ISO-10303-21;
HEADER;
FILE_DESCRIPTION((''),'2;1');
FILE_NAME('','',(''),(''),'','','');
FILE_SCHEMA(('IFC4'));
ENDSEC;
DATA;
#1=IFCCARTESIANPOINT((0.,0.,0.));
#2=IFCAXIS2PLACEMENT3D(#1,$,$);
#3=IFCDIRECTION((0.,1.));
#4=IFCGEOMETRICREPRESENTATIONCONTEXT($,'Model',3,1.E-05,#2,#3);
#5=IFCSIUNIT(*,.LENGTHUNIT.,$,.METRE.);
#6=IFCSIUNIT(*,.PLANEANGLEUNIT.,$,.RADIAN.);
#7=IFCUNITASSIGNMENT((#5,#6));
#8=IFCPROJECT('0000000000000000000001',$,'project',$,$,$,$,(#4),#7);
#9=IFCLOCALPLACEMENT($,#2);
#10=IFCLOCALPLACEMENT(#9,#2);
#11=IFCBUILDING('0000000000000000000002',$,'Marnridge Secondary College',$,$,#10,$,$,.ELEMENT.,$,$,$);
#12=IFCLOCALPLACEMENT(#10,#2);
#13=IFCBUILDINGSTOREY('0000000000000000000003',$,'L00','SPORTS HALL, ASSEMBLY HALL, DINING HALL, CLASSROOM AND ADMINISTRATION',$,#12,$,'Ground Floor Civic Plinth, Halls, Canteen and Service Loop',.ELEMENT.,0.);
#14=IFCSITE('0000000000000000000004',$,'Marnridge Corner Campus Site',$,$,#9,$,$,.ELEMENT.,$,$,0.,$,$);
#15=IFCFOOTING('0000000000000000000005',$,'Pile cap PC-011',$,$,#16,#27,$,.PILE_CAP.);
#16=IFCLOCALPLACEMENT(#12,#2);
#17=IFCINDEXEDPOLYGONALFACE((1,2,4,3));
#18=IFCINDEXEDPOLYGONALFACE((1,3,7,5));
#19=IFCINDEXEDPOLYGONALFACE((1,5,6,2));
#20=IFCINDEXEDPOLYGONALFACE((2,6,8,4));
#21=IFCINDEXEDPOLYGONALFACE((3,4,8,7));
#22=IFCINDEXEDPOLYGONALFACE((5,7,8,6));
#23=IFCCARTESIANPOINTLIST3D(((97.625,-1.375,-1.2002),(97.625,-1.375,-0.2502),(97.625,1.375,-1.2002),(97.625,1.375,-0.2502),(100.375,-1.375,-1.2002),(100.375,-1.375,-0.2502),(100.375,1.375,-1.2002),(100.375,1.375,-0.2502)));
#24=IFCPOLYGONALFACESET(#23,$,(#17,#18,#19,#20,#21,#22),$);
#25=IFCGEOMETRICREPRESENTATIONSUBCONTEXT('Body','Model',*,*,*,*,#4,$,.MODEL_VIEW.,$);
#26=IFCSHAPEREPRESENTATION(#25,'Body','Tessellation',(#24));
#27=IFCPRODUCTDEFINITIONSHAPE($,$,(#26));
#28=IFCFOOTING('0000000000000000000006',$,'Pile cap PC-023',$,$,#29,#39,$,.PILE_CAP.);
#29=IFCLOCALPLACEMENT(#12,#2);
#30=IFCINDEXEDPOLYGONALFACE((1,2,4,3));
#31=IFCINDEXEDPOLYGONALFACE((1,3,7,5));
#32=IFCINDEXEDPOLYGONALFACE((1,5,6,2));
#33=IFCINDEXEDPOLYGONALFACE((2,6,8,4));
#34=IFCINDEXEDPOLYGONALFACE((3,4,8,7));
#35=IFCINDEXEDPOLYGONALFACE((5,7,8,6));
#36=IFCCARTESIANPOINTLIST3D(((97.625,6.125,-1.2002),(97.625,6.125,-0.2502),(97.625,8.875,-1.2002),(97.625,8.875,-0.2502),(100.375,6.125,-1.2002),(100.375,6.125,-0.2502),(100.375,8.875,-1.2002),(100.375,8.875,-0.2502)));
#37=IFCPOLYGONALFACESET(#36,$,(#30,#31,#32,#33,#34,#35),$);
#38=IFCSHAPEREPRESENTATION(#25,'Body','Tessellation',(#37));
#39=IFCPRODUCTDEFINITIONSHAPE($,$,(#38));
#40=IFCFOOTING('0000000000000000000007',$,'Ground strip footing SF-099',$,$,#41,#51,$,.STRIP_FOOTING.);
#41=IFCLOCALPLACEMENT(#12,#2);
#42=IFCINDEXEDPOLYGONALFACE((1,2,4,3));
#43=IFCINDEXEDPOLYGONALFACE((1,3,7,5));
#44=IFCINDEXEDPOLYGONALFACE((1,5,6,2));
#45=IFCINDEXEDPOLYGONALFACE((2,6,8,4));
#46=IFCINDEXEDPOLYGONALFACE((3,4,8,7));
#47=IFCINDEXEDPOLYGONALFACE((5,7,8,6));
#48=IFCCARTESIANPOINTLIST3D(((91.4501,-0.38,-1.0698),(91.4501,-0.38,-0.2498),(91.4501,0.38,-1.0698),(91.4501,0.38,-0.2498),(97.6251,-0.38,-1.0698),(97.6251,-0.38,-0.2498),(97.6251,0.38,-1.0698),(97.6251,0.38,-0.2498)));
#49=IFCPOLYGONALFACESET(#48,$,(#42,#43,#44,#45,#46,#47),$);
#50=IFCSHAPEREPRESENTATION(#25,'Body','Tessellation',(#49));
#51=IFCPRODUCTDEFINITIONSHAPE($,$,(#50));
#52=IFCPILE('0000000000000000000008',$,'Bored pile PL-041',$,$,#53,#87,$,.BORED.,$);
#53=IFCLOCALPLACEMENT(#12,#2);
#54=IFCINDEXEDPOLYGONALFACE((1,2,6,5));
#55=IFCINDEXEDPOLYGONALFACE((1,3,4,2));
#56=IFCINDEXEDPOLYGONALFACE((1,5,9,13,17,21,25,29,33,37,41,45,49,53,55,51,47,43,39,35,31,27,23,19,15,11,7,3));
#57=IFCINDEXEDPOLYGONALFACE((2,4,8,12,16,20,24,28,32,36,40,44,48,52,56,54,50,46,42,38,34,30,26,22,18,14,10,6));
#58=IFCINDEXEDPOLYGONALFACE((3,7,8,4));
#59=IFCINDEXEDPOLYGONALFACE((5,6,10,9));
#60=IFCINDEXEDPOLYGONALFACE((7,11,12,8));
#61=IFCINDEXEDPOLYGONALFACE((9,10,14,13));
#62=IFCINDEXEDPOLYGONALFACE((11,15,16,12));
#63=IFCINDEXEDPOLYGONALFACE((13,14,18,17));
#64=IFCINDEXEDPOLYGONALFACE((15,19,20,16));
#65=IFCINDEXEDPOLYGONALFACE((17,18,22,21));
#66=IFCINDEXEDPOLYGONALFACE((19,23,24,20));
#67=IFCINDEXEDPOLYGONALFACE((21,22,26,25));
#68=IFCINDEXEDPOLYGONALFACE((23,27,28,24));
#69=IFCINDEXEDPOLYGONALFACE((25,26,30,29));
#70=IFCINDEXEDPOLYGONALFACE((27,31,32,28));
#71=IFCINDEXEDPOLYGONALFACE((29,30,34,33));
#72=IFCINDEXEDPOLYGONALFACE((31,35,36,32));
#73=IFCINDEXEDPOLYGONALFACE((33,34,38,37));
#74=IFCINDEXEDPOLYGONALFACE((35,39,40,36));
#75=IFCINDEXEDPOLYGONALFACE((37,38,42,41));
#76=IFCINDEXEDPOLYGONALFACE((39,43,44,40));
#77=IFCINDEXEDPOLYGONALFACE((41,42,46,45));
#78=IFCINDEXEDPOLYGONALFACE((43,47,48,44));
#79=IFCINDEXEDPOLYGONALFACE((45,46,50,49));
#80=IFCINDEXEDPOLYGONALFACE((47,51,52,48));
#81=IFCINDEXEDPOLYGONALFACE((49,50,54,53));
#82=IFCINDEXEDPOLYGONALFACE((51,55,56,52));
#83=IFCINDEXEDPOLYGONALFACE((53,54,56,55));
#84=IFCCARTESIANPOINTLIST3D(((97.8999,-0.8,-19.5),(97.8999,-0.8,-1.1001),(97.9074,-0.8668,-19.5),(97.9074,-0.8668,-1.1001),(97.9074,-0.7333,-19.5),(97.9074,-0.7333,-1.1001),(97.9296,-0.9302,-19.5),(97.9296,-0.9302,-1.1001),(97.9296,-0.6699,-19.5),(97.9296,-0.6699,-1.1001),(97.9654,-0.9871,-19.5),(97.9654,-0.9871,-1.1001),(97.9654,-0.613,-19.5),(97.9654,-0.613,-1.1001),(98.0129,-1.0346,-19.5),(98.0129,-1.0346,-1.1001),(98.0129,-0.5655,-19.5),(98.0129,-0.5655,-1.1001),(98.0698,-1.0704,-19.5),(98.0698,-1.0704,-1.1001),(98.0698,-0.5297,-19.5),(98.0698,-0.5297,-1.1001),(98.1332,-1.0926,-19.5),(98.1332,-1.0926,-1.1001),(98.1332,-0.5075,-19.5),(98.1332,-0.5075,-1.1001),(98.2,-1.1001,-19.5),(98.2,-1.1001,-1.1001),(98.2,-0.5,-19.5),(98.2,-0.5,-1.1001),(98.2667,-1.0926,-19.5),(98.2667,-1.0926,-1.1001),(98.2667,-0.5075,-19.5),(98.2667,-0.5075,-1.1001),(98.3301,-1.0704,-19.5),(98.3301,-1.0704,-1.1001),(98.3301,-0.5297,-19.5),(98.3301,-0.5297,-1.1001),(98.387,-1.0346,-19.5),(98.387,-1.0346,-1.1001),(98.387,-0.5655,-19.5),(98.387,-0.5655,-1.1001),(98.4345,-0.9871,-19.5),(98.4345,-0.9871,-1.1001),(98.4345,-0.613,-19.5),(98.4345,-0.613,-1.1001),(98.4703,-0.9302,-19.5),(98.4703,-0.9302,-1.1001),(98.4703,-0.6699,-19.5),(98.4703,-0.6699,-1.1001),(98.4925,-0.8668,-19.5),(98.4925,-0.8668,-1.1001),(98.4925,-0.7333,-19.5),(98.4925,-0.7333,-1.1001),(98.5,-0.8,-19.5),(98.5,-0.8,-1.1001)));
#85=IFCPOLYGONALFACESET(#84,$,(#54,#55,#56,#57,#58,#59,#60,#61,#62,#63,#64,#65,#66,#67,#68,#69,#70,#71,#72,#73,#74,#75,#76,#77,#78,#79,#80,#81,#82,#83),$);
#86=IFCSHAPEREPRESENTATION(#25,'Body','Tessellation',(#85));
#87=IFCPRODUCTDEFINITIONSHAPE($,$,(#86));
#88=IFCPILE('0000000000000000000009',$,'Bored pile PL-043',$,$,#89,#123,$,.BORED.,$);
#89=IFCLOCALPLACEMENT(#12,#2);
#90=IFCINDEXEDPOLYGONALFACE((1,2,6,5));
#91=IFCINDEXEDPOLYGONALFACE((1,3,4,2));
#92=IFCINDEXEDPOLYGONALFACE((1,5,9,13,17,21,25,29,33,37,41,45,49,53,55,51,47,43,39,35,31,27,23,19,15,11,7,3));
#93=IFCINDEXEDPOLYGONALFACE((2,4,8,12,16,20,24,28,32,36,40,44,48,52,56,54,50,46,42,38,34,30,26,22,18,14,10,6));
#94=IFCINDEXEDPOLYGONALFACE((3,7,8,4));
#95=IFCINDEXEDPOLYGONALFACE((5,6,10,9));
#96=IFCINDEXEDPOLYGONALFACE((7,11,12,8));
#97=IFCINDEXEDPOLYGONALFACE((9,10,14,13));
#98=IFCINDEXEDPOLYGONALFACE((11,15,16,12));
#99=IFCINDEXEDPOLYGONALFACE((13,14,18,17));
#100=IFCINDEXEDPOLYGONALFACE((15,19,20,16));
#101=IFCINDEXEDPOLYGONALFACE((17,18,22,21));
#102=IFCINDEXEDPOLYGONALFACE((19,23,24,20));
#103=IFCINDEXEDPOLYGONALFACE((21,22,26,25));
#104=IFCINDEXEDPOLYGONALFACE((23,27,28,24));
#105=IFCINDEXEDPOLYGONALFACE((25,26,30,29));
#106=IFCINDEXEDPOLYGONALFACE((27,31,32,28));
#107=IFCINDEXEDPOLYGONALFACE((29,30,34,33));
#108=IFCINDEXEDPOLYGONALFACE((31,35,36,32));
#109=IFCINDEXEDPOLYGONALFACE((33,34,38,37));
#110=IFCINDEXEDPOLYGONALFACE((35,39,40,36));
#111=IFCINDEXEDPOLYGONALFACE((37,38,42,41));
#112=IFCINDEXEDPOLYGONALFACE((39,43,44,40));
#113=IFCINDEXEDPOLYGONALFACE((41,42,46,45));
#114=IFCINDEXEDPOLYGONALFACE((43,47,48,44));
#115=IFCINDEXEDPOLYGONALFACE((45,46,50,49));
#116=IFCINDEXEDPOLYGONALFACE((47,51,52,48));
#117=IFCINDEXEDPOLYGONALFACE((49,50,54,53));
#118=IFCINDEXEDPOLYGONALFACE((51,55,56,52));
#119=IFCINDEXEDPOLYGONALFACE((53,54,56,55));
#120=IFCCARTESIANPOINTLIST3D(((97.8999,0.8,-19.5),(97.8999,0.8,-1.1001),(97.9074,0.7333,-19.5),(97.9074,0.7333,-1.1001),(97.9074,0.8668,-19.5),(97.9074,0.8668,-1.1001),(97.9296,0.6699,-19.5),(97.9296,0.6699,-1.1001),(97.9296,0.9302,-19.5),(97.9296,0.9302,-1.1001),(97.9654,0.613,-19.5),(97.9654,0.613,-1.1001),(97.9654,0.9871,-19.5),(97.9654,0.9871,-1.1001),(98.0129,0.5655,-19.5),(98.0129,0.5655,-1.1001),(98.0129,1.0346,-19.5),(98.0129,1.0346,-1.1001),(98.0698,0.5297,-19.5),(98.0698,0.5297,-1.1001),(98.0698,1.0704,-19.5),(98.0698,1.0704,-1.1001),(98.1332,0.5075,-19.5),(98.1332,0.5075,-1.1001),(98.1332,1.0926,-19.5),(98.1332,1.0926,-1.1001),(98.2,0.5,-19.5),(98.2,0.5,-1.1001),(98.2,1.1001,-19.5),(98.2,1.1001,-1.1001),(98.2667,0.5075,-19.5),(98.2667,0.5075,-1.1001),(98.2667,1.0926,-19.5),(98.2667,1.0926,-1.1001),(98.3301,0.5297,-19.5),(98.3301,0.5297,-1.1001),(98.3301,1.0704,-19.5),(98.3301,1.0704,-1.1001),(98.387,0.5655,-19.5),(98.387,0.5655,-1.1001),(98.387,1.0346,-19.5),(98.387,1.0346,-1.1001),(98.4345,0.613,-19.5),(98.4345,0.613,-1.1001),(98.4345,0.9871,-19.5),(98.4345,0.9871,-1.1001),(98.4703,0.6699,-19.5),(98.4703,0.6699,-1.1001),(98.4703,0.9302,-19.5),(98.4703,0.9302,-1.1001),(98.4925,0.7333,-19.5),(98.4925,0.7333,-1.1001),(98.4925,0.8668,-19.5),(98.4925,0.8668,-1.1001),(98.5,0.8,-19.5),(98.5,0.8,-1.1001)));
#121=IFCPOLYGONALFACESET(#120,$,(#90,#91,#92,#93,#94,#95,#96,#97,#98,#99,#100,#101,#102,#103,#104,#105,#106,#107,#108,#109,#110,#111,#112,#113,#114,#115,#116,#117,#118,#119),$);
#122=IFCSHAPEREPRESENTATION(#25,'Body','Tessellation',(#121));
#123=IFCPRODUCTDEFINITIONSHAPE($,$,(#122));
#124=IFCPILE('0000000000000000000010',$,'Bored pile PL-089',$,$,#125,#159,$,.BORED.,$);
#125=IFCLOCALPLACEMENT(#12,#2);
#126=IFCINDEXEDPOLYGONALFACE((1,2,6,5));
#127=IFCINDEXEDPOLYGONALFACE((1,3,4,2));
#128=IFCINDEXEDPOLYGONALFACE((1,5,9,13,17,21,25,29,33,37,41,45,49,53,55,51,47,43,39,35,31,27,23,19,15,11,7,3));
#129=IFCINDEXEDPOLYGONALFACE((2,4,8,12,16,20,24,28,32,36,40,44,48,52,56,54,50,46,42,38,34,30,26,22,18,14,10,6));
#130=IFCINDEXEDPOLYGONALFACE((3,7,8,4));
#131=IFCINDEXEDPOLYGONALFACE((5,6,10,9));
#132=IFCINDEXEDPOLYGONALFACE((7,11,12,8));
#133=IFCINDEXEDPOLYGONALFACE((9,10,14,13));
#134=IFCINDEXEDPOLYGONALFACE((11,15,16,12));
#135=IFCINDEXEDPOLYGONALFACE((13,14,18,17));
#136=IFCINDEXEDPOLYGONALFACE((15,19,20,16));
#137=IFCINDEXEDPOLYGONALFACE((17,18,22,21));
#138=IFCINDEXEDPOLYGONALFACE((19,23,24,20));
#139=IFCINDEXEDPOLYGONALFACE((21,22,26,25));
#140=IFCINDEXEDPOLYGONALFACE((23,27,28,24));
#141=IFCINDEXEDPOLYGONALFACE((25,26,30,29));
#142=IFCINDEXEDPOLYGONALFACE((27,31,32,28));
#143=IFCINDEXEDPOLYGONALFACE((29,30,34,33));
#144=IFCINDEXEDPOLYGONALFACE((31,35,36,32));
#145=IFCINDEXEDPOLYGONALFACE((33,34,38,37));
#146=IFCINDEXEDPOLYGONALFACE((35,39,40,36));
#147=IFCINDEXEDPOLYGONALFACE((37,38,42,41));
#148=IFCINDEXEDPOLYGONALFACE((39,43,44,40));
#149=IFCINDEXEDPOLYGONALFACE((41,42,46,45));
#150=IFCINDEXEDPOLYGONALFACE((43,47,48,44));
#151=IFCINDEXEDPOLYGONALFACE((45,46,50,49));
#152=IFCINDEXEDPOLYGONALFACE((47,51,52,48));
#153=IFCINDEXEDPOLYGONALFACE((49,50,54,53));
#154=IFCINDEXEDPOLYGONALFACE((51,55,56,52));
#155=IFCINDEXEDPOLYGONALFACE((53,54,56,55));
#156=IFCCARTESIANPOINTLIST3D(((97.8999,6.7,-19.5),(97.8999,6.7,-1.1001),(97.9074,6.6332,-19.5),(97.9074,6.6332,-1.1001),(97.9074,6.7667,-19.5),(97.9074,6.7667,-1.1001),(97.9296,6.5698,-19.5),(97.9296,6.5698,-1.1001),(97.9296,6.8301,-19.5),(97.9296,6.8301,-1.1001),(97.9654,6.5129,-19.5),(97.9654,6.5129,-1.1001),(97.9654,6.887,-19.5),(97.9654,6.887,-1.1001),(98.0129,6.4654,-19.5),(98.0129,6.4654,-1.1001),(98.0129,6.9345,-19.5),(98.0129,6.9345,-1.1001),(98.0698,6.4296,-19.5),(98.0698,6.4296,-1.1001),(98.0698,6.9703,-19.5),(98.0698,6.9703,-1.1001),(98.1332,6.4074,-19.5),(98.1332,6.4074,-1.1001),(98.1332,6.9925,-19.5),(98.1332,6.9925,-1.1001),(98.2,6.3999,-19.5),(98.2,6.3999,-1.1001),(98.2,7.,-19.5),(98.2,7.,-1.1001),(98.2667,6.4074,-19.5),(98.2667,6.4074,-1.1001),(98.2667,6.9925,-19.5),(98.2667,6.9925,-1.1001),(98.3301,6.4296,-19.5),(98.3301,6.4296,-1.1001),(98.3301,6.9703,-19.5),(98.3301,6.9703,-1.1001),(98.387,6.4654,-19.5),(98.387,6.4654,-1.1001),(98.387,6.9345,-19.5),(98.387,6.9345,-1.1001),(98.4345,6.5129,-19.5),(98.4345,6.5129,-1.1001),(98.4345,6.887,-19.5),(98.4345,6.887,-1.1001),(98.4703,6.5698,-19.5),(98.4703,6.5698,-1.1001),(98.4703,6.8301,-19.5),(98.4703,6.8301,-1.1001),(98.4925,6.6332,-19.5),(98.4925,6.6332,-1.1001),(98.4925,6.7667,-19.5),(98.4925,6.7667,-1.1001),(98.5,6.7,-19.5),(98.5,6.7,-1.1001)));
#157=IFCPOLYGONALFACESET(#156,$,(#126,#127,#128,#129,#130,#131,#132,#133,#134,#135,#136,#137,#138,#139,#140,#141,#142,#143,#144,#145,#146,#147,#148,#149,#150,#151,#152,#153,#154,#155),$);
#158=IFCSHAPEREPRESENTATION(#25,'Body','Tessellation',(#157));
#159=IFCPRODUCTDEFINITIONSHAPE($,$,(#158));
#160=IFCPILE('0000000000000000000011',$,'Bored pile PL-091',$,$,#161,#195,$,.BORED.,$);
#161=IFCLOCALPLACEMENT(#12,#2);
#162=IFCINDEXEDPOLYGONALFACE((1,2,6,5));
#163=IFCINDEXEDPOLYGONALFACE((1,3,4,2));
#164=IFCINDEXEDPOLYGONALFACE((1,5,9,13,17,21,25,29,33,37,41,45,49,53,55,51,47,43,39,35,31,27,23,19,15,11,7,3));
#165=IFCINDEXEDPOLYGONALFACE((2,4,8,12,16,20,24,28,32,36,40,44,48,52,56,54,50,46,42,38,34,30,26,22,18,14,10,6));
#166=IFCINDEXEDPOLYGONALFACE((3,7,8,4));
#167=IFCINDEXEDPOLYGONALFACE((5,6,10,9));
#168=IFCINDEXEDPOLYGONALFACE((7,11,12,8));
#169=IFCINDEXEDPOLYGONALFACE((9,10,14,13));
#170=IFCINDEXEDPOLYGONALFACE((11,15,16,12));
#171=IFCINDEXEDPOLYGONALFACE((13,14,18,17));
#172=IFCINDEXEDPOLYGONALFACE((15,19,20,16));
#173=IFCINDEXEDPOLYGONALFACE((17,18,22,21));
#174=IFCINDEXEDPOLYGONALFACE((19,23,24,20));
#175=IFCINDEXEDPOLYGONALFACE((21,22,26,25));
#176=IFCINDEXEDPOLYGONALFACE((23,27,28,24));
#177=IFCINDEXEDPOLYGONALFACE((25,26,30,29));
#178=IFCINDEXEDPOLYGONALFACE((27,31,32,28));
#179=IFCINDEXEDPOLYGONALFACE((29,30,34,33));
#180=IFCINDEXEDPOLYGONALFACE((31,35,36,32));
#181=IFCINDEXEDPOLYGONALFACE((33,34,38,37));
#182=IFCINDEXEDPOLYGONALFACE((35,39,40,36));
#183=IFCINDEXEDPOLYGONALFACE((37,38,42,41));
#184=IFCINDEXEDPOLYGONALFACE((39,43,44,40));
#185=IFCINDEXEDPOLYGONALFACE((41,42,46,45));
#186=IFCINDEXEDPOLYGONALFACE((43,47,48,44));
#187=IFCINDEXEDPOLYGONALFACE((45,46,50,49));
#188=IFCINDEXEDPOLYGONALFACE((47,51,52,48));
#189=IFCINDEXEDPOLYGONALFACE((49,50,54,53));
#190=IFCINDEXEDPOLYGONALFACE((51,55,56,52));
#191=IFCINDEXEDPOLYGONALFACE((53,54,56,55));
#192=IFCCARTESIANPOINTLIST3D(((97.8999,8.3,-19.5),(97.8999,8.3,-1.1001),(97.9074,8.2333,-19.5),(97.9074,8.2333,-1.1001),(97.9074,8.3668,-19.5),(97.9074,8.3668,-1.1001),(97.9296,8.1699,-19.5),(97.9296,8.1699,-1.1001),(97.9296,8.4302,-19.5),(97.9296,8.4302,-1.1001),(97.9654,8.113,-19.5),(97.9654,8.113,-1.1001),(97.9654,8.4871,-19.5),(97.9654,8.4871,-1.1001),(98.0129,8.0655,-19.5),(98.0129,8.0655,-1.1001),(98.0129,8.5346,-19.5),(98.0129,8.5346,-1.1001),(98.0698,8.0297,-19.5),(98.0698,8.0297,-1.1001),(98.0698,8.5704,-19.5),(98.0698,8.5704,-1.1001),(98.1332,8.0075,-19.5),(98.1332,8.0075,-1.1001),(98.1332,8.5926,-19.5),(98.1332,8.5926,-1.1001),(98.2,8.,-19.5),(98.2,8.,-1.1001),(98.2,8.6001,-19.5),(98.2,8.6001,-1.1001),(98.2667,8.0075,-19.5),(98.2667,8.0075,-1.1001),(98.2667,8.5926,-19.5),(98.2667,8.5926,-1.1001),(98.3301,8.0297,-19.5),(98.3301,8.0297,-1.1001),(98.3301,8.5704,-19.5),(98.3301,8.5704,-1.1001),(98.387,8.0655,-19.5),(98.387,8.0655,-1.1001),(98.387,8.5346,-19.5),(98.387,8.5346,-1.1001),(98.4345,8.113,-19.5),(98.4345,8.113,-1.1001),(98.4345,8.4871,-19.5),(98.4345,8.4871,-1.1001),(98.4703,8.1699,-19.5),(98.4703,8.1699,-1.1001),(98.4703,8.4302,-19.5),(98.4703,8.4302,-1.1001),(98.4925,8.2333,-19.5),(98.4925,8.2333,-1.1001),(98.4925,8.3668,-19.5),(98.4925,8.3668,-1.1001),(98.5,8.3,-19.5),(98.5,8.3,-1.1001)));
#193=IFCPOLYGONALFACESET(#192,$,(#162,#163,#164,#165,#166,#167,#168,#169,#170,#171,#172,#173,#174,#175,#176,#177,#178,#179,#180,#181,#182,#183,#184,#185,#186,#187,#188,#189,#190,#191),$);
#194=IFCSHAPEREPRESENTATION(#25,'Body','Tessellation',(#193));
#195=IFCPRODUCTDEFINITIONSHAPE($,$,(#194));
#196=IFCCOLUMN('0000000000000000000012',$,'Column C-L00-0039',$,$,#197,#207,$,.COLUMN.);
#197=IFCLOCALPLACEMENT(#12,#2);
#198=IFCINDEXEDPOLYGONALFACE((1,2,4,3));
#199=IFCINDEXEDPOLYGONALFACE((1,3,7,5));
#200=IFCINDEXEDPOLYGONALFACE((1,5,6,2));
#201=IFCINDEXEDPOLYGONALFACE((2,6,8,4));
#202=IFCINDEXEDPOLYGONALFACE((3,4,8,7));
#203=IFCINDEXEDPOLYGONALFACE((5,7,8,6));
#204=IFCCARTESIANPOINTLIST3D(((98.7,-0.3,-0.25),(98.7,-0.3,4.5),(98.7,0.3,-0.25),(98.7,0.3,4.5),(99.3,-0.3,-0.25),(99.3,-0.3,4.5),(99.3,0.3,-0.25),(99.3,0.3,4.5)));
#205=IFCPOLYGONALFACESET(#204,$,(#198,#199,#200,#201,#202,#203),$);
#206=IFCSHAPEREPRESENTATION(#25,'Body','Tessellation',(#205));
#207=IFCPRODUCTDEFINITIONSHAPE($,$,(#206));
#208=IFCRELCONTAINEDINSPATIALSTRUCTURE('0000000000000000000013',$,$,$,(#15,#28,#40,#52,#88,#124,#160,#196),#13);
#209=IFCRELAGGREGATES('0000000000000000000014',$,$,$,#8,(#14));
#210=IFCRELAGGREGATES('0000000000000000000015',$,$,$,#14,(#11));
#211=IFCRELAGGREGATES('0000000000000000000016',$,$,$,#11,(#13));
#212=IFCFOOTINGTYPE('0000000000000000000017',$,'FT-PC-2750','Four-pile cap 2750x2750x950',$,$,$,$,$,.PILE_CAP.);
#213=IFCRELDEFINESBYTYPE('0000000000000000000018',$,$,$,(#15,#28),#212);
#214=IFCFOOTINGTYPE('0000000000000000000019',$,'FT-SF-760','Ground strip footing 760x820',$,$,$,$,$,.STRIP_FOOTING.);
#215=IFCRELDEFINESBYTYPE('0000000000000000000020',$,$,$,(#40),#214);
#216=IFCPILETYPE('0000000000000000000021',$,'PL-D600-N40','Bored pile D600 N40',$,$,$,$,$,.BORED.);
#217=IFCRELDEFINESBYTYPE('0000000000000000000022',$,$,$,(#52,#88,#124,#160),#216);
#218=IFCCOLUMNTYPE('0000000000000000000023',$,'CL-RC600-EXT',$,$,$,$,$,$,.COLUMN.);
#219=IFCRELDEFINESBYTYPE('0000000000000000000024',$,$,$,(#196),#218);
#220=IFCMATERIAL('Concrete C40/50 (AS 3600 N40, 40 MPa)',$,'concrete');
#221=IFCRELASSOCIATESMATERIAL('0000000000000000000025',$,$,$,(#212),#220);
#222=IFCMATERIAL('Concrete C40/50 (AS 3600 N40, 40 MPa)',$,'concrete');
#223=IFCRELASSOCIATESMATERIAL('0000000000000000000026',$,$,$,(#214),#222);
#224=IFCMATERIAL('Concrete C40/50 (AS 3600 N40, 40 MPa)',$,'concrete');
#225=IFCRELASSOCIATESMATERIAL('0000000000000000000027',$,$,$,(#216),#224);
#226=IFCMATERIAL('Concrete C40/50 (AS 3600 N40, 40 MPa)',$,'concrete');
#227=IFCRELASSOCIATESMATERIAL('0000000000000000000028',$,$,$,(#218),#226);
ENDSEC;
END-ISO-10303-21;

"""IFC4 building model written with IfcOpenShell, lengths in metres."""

from ifc_helpers import new_model, si_unit, direction, frame, origin, origin_2d, place, context, subcontext, project, spatial, rectangle, circle, extrude, material, material_profile, profile_set, type_object, element, save


model = new_model("IFC4")

# Units and contexts
model_context = context("Model", 3, precision=1e-05, world=origin(), true_north=direction((0.0, 1.0)))
body_context = subcontext(model_context, "Body", "Model", "MODEL_VIEW")
ifc_project = project(units=[si_unit("LENGTHUNIT", "METRE"), si_unit("PLANEANGLEUNIT", "RADIAN")], contexts=[model_context])

# Site, building, storey
site_placement = place(None, origin())
site = spatial("IfcSite", under=ifc_project, at=site_placement, Name="Marnridge Corner Campus Site", CompositionType="ELEMENT", RefElevation=0.0)
building_placement = place(site_placement, origin())
building = spatial("IfcBuilding", under=site, at=building_placement, Name="Marnridge Secondary College", CompositionType="ELEMENT")
storey_placement = place(building_placement, origin())
storey = spatial("IfcBuildingStorey", under=building, at=storey_placement, Name="L00", Description="SPORTS HALL, ASSEMBLY HALL, DINING HALL, CLASSROOM AND ADMINISTRATION", LongName="Ground Floor Civic Plinth, Halls, Canteen and Service Loop", CompositionType="ELEMENT", Elevation=0.0)

# Footings
ifc_material_1 = material(Name="Concrete C40/50 (AS 3600 N40, 40 MPa)", Category="concrete")
footing_type_1 = type_object("IfcFootingType", Name="FT-PC-2750", Description="Four-pile cap 2750x2750x950", PredefinedType="PILE_CAP", material=ifc_material_1)
for number, where, z_axis, x_axis, name in (
    (1, (99.0, 0.0, -1.2002), (0.0, 0.0, 1.0), (1.0, 0.0, 0.0), "Pile cap PC-011"),
    (2, (99.0, 7.5, -1.2002), (0.0, 0.0, 1.0), (1.0, 0.0, 0.0), "Pile cap PC-023"),
):
    element("IfcFooting", number, at=place(storey_placement, frame(where, z_axis=z_axis, x_axis=x_axis)), inside=storey, type_object=footing_type_1, Name=name, PredefinedType="PILE_CAP", context=body_context, shape_type="SweptSolid", body=[
        extrude(rectangle(XDim=2.75, YDim=2.75, at=origin_2d()), origin(), (0.0, 0.0, 1.0), 0.95),
    ])
ifc_material_2 = material(Name="Concrete C40/50 (AS 3600 N40, 40 MPa)", Category="concrete")
footing_type_2 = type_object("IfcFootingType", Name="FT-SF-760", Description="Ground strip footing 760x820", PredefinedType="STRIP_FOOTING", material=ifc_material_2)
footing_placement = place(storey_placement, frame((94.5376, 0.0, -1.0698), z_axis=(0.0, 0.0, 1.0), x_axis=(1.0, 0.0, 0.0)))
element("IfcFooting", 3, at=footing_placement, inside=storey, type_object=footing_type_2, Name="Ground strip footing SF-099", PredefinedType="STRIP_FOOTING", context=body_context, shape_type="SweptSolid", body=[
    extrude(rectangle(XDim=6.175, YDim=0.76, at=origin_2d()), origin(), (0.0, 0.0, 1.0), 0.8201),
])

# Piles
ifc_material_3 = material(Name="Concrete C40/50 (AS 3600 N40, 40 MPa)", Category="concrete")
ifc_material_profile_1 = material_profile(ifc_material_3, circle(Radius=0.3, at=origin_2d()), Name="PILE D600")
ifc_profile_set_1 = profile_set([ifc_material_profile_1], Name="Concrete C40/50 (AS 3600 N40, 40 MPa)")
pile_type = type_object("IfcPileType", Name="PL-D600-N40", Description="Bored pile D600 N40", PredefinedType="BORED", material=ifc_profile_set_1)
for number, where, z_axis, x_axis, name in (
    (4, (98.2, -0.8, -1.1001), (0.0, 0.0, -1.0), (1.0, 0.0, 0.0), "Bored pile PL-041"),
    (5, (98.2, 0.8, -1.1001), (0.0, 0.0, -1.0), (1.0, 0.0, 0.0), "Bored pile PL-043"),
    (6, (98.2, 6.7, -1.1001), (0.0, 0.0, -1.0), (1.0, 0.0, 0.0), "Bored pile PL-089"),
    (7, (98.2, 8.3, -1.1001), (0.0, 0.0, -1.0), (1.0, 0.0, 0.0), "Bored pile PL-091"),
):
    element("IfcPile", number, at=place(storey_placement, frame(where, z_axis=z_axis, x_axis=x_axis)), inside=storey, type_object=pile_type, Name=name, PredefinedType="BORED", context=body_context, shape_type="SweptSolid", body=[
        extrude(circle(Radius=0.3, at=origin_2d()), origin(), (0.0, 0.0, 1.0), 18.3999),
    ])

# Column
ifc_material_4 = material(Name="Concrete C40/50 (AS 3600 N40, 40 MPa)", Category="concrete")
ifc_material_profile_2 = material_profile(ifc_material_4, rectangle(XDim=0.6001, YDim=0.6001, at=origin_2d()), Name="RC 600x600")
ifc_profile_set_2 = profile_set([ifc_material_profile_2], Name="Concrete C40/50 (AS 3600 N40, 40 MPa)")
column_type_1 = type_object("IfcColumnType", Name="CL-RC600-EXT", PredefinedType="COLUMN", material=ifc_profile_set_2)
column_1_placement = place(storey_placement, frame((99.0, 0.0, -0.25), z_axis=(0.0, 0.0, 1.0), x_axis=(1.0, 0.0, 0.0)))
element("IfcColumn", 8, at=column_1_placement, inside=storey, type_object=column_type_1, Name="Column C-L00-0039", PredefinedType="COLUMN", context=body_context, shape_type="SweptSolid", body=[
    extrude(rectangle(XDim=0.6001, YDim=0.6001, at=origin_2d()), origin(), (0.0, 0.0, 1.0), 4.75),
])

save(model, "model.ifc")
